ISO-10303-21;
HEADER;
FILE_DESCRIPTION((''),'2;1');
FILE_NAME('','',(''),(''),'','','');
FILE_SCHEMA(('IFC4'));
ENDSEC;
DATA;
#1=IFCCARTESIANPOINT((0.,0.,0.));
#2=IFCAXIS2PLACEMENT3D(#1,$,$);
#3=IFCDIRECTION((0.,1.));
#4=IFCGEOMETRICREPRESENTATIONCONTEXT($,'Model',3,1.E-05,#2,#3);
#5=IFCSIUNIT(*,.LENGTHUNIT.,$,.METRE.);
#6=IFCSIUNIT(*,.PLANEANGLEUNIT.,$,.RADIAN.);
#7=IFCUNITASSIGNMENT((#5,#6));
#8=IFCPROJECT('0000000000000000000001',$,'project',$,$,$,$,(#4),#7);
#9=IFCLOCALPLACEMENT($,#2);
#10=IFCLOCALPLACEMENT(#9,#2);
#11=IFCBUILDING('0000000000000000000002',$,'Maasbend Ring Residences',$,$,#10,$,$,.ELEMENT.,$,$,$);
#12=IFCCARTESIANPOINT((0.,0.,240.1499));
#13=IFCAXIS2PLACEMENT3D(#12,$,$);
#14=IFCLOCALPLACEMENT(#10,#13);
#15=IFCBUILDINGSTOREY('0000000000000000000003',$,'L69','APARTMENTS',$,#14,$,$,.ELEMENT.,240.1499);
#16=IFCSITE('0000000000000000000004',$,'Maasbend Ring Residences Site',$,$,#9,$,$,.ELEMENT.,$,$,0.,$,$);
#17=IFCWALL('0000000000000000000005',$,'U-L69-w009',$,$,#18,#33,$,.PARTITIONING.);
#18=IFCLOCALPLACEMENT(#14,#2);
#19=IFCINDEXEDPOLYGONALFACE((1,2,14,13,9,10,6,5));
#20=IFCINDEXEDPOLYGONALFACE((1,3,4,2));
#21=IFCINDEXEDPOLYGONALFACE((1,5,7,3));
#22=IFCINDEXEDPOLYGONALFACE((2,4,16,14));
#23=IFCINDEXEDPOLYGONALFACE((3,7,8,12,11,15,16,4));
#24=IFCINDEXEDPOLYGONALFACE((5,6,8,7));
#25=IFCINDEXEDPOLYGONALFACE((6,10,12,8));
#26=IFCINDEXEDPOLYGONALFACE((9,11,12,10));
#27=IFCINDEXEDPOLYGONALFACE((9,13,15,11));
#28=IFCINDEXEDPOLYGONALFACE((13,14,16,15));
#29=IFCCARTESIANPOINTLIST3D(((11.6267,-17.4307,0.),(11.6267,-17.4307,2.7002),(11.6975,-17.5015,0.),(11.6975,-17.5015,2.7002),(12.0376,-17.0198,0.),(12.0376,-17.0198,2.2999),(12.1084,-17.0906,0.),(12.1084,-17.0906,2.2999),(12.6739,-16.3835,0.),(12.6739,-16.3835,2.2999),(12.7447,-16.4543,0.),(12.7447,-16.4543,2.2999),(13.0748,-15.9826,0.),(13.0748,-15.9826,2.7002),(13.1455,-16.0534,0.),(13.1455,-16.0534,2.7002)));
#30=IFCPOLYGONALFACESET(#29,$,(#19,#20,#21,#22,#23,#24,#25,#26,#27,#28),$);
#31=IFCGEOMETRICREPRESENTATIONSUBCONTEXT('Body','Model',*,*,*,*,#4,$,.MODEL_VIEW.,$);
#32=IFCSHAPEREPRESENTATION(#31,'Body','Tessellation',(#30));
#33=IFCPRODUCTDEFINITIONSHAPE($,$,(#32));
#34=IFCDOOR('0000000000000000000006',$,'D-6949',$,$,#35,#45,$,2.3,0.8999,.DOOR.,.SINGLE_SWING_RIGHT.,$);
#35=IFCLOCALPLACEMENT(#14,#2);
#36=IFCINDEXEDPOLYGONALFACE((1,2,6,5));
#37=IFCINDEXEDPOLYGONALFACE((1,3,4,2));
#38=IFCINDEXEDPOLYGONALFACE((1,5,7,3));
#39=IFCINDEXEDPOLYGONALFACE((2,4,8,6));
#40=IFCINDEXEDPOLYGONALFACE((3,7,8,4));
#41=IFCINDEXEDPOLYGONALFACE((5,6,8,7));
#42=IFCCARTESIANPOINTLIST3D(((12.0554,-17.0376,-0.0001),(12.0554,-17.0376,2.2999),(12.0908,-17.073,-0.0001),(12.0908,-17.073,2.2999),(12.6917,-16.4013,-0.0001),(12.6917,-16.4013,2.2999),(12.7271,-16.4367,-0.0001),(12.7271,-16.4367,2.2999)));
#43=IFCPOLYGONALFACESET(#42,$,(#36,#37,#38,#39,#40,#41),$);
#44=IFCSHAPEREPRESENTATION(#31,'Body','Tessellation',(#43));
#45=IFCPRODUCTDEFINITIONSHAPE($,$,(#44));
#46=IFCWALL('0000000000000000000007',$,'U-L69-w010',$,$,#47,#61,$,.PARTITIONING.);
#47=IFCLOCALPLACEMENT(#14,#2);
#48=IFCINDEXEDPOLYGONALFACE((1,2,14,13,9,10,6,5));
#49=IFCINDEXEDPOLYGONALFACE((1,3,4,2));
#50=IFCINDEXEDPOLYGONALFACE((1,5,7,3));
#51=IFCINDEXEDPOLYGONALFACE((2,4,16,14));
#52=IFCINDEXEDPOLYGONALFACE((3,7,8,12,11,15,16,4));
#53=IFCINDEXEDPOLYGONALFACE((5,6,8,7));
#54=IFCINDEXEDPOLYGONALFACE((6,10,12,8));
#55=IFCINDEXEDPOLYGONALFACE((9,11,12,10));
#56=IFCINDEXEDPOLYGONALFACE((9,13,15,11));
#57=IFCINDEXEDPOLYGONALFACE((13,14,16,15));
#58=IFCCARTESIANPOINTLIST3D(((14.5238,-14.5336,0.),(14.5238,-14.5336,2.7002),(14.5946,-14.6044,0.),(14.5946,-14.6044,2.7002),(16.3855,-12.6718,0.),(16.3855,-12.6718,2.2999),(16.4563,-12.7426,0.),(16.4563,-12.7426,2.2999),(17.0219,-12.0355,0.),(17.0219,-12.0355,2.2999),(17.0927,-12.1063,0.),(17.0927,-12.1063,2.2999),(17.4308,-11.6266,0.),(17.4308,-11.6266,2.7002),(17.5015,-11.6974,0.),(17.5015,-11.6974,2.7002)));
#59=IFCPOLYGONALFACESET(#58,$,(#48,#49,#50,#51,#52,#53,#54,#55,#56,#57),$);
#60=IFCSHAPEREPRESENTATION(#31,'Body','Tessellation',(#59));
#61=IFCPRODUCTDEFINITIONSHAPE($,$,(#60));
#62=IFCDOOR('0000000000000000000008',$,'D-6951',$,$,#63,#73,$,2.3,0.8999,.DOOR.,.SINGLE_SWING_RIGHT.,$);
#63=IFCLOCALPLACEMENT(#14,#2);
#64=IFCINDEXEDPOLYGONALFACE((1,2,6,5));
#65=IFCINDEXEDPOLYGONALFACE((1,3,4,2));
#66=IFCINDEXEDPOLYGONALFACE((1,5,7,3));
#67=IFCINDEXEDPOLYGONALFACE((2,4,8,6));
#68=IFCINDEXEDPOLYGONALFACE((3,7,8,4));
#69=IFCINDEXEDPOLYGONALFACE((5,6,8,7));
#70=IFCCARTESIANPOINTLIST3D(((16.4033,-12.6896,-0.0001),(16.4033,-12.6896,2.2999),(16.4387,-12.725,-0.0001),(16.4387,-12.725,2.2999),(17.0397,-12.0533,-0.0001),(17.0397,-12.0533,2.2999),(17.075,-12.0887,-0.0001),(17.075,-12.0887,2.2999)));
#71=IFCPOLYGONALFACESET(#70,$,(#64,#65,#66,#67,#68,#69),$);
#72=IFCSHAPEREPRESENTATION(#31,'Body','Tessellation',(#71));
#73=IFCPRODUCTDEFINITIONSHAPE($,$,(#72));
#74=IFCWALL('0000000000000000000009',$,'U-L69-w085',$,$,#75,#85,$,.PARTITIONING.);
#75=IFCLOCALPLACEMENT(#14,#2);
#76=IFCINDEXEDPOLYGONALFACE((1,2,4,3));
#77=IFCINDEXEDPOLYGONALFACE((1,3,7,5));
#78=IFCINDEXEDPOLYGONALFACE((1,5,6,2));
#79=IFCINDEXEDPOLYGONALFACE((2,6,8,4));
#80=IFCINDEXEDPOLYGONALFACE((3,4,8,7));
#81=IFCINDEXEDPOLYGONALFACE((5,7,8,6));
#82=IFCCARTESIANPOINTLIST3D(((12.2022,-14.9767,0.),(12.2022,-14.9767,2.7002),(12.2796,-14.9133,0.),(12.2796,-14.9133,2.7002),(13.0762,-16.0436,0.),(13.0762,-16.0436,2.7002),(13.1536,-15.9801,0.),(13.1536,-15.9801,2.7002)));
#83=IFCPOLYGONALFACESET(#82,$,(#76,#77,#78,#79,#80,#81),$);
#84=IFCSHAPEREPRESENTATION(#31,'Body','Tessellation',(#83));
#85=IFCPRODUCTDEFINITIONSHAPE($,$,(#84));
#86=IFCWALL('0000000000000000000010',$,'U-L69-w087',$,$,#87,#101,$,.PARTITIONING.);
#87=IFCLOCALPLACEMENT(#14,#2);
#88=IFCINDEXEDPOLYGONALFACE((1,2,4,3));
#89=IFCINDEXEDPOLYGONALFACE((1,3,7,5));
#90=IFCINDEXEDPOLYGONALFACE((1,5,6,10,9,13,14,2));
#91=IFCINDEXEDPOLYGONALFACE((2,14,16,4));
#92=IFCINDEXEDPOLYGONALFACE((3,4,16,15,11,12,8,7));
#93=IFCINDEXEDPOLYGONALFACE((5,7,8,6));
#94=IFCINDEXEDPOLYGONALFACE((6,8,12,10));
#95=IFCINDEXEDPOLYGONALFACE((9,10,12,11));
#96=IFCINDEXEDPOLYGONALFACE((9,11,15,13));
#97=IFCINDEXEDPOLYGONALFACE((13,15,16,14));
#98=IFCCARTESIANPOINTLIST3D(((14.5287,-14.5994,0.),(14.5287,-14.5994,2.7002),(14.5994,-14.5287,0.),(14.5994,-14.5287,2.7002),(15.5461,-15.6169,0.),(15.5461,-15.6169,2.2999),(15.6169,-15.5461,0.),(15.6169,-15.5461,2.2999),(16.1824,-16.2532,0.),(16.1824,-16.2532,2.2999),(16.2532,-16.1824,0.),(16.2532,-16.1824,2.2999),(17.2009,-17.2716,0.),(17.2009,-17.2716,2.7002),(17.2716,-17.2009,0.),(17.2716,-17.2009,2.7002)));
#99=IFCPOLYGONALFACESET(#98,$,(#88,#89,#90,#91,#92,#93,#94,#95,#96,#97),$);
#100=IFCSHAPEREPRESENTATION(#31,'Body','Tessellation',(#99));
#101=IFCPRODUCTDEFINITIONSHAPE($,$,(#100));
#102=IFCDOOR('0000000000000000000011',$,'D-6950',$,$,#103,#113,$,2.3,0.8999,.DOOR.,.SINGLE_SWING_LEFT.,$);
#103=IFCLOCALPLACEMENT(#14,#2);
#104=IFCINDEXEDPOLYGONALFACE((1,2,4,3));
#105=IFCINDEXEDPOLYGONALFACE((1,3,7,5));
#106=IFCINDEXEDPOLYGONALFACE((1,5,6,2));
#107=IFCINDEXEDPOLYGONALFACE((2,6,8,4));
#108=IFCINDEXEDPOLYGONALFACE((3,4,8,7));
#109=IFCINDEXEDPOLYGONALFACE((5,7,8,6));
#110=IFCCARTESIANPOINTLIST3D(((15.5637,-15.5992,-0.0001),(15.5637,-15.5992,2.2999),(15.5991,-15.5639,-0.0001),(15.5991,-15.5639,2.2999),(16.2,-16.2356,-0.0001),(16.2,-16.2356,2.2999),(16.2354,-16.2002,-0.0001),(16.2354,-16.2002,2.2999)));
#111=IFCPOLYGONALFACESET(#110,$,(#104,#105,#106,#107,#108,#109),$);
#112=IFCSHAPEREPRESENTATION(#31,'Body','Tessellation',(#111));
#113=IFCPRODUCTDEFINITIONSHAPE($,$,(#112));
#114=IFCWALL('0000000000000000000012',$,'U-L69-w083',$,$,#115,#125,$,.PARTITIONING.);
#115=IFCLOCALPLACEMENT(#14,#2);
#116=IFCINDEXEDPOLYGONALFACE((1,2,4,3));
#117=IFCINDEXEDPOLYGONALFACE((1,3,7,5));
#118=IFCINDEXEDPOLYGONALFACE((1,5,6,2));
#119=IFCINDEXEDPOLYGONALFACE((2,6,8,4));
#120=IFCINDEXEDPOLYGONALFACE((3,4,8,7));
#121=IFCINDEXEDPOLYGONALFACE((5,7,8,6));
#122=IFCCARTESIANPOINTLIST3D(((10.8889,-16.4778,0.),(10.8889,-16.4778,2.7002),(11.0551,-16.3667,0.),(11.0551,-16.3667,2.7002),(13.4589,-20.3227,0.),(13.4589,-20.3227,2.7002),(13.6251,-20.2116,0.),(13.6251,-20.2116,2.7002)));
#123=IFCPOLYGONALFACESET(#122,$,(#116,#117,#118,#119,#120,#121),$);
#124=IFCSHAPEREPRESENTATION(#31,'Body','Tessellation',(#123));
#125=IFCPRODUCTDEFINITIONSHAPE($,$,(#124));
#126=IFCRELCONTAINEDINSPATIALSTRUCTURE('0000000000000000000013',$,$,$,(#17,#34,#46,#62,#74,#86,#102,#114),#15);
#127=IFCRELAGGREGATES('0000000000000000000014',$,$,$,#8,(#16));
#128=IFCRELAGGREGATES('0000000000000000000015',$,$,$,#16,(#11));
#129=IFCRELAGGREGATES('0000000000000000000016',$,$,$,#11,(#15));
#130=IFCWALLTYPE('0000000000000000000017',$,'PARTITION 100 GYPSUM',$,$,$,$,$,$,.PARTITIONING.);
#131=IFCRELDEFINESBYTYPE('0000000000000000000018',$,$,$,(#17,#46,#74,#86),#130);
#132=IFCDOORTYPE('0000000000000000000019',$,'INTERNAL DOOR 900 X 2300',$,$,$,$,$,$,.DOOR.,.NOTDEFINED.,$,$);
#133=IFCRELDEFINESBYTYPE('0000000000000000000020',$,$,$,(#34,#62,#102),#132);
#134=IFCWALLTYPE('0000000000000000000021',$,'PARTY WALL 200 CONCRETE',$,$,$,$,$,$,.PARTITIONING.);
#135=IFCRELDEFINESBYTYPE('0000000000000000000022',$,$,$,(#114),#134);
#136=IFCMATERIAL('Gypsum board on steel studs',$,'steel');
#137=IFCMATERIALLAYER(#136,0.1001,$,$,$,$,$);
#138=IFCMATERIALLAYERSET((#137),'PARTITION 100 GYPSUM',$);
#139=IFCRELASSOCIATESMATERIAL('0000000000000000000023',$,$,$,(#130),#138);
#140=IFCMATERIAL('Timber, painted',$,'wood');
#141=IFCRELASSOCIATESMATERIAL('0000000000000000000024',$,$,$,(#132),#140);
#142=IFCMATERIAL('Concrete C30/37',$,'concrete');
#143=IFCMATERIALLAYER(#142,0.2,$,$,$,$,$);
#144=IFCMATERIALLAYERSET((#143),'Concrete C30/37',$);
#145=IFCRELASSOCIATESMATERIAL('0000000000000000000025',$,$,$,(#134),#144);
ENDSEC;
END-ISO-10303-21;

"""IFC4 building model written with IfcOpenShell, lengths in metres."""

from ifc_helpers import new_model, si_unit, direction, frame, frame_2d, origin, place, context, subcontext, project, spatial, rectangle, extrude, material, layer, layer_set, type_object, element, fill, save


model = new_model("IFC4")

# Units and contexts
model_context = context("Model", 3, precision=1e-05, world=origin(), true_north=direction((0.0, 1.0)))
body_context = subcontext(model_context, "Body", "Model", "MODEL_VIEW")
ifc_project = project(units=[si_unit("LENGTHUNIT", "METRE"), si_unit("PLANEANGLEUNIT", "RADIAN")], contexts=[model_context])

# Site, building, storey
site_placement = place(None, origin())
site = spatial("IfcSite", under=ifc_project, at=site_placement, Name="Maasbend Ring Residences Site", CompositionType="ELEMENT", RefElevation=0.0)
building_placement = place(site_placement, origin())
building = spatial("IfcBuilding", under=site, at=building_placement, Name="Maasbend Ring Residences", CompositionType="ELEMENT")
storey_placement = place(building_placement, frame((0.0, 0.0, 240.1499)))
storey = spatial("IfcBuildingStorey", under=building, at=storey_placement, Name="L69", Description="APARTMENTS", CompositionType="ELEMENT", Elevation=240.1499)

# Walls, openings, doors
ifc_material_1 = material(Name="Gypsum board on steel studs", Category="steel")
ifc_layer_1 = layer(ifc_material_1, 0.1001)
ifc_layer_set_1 = layer_set([ifc_layer_1], Name="PARTITION 100 GYPSUM")
wall_type_1 = type_object("IfcWallType", Name="PARTITION 100 GYPSUM", PredefinedType="PARTITIONING", material=ifc_layer_set_1)
wall_1_placement = place(storey_placement, frame((11.6621, -17.4661, 0.0), z_axis=(0.0, 0.0, 1.0), x_axis=(0.707107, 0.707107, 0.0)))
wall_1 = element("IfcWall", 1, at=wall_1_placement, inside=storey, type_object=wall_type_1, Name="U-L69-w009", PredefinedType="PARTITIONING", context=body_context, shape_type="SweptSolid", body=[
    extrude(rectangle(XDim=2.0479, YDim=0.1001, at=frame_2d((1.0239, 0.0))), origin(), (0.0, 0.0, 1.0), 2.7002),
])
opening_1_placement = place(wall_1_placement, frame((0.5811, 0.0, 0.0)))
opening_1 = element("IfcOpeningElement", 2, at=opening_1_placement, cuts=wall_1, PredefinedType="OPENING", context=body_context, shape_type="SweptSolid", body=[
    extrude(rectangle(XDim=0.8999, YDim=2.3, at=frame_2d((0.45, 1.1499))), frame((0.0, 0.0601, 0.0), z_axis=(0.0, -1.0, 0.0), x_axis=(1.0, 0.0, 0.0)), (0.0, 0.0, 1.0), 0.1201),
])
ifc_material_2 = material(Name="Timber, painted", Category="wood")
door_type_1 = type_object("IfcDoorType", Name="INTERNAL DOOR 900 X 2300", OperationType="NOTDEFINED", PredefinedType="DOOR", material=ifc_material_2)
door_1_placement = place(opening_1_placement, origin())
door_1 = element("IfcDoor", 3, at=door_1_placement, inside=storey, type_object=door_type_1, Name="D-6949", OperationType="SINGLE_SWING_RIGHT", OverallHeight=2.3, OverallWidth=0.8999, PredefinedType="DOOR", context=body_context, shape_type="SweptSolid", body=[
    extrude(rectangle(XDim=0.8999, YDim=2.3, at=frame_2d((0.45, 1.1499))), frame((0.0, 0.0249, 0.0), z_axis=(0.0, -1.0, 0.0), x_axis=(1.0, 0.0, 0.0)), (0.0, 0.0, 1.0), 0.05),
])
fill(opening_1, door_1)
wall_2_placement = place(storey_placement, frame((14.5591, -14.5691, 0.0), z_axis=(0.0, 0.0, 1.0), x_axis=(0.707107, 0.707107, 0.0)))
wall_2 = element("IfcWall", 4, at=wall_2_placement, inside=storey, type_object=wall_type_1, Name="U-L69-w010", PredefinedType="PARTITIONING", context=body_context, shape_type="SweptSolid", body=[
    extrude(rectangle(XDim=4.1111, YDim=0.1001, at=frame_2d((2.0557, 0.0))), origin(), (0.0, 0.0, 1.0), 2.7002),
])
opening_2_placement = place(wall_2_placement, frame((2.6331, 0.0, 0.0)))
opening_2 = element("IfcOpeningElement", 5, at=opening_2_placement, cuts=wall_2, PredefinedType="OPENING", context=body_context, shape_type="SweptSolid", body=[
    extrude(rectangle(XDim=0.8999, YDim=2.3, at=frame_2d((0.45, 1.1499))), frame((0.0, 0.0601, 0.0), z_axis=(0.0, -1.0, 0.0), x_axis=(1.0, 0.0, 0.0)), (0.0, 0.0, 1.0), 0.1201),
])
door_2_placement = place(opening_2_placement, origin())
door_2 = element("IfcDoor", 6, at=door_2_placement, inside=storey, type_object=door_type_1, Name="D-6951", OperationType="SINGLE_SWING_RIGHT", OverallHeight=2.3, OverallWidth=0.8999, PredefinedType="DOOR", context=body_context, shape_type="SweptSolid", body=[
    extrude(rectangle(XDim=0.8999, YDim=2.3, at=frame_2d((0.45, 1.1499))), frame((0.0, 0.0249, 0.0), z_axis=(0.0, -1.0, 0.0), x_axis=(1.0, 0.0, 0.0)), (0.0, 0.0, 1.0), 0.05),
])
fill(opening_2, door_2)

# Wall
wall_3_placement = place(storey_placement, frame((12.241, -14.9451, 0.0), z_axis=(0.0, 0.0, 1.0), x_axis=(0.63372, -0.773563, 0.0)))
element("IfcWall", 7, at=wall_3_placement, inside=storey, type_object=wall_type_1, Name="U-L69-w085", PredefinedType="PARTITIONING", context=body_context, shape_type="SweptSolid", body=[
    extrude(rectangle(XDim=1.3792, YDim=0.1001, at=frame_2d((0.6895, 0.0))), origin(), (0.0, 0.0, 1.0), 2.7002),
])

# Wall, opening, door
wall_4_placement = place(storey_placement, frame((14.564, -14.564, 0.0), z_axis=(0.0, 0.0, 1.0), x_axis=(0.707107, -0.707107, 0.0)))
wall_4 = element("IfcWall", 8, at=wall_4_placement, inside=storey, type_object=wall_type_1, Name="U-L69-w087", PredefinedType="PARTITIONING", context=body_context, shape_type="SweptSolid", body=[
    extrude(rectangle(XDim=3.7791, YDim=0.1001, at=frame_2d((1.8896, 0.0))), origin(), (0.0, 0.0, 1.0), 2.7002),
])
opening_3_placement = place(wall_4_placement, frame((1.439, 0.0, 0.0)))
opening_3 = element("IfcOpeningElement", 9, at=opening_3_placement, cuts=wall_4, PredefinedType="OPENING", context=body_context, shape_type="SweptSolid", body=[
    extrude(rectangle(XDim=0.8999, YDim=2.3, at=frame_2d((0.45, 1.1499))), frame((0.0, 0.0601, 0.0), z_axis=(0.0, -1.0, 0.0), x_axis=(1.0, 0.0, 0.0)), (0.0, 0.0, 1.0), 0.1201),
])
door_3_placement = place(opening_3_placement, origin())
door_3 = element("IfcDoor", 10, at=door_3_placement, inside=storey, type_object=door_type_1, Name="D-6950", OperationType="SINGLE_SWING_LEFT", OverallHeight=2.3, OverallWidth=0.8999, PredefinedType="DOOR", context=body_context, shape_type="SweptSolid", body=[
    extrude(rectangle(XDim=0.8999, YDim=2.3, at=frame_2d((0.45, 1.1499))), frame((0.0, 0.0249, 0.0), z_axis=(0.0, -1.0, 0.0), x_axis=(1.0, 0.0, 0.0)), (0.0, 0.0, 1.0), 0.05),
])
fill(opening_3, door_3)

# Wall
ifc_material_3 = material(Name="Concrete C30/37", Category="concrete")
ifc_layer_2 = layer(ifc_material_3, 0.2)
ifc_layer_set_2 = layer_set([ifc_layer_2], Name="Concrete C30/37")
wall_type_2 = type_object("IfcWallType", Name="PARTY WALL 200 CONCRETE", PredefinedType="PARTITIONING", material=ifc_layer_set_2)
wall_5_placement = place(storey_placement, frame((10.9719, -16.4221, 0.0), z_axis=(0.0, 0.0, 1.0), x_axis=(0.555711, -0.831376, 0.0)))
element("IfcWall", 11, at=wall_5_placement, inside=storey, type_object=wall_type_2, Name="U-L69-w083", PredefinedType="PARTITIONING", context=body_context, shape_type="SweptSolid", body=[
    extrude(rectangle(XDim=4.6248, YDim=0.2, at=frame_2d((2.3125, 0.0))), origin(), (0.0, 0.0, 1.0), 2.7002),
])

save(model, "model.ifc")
